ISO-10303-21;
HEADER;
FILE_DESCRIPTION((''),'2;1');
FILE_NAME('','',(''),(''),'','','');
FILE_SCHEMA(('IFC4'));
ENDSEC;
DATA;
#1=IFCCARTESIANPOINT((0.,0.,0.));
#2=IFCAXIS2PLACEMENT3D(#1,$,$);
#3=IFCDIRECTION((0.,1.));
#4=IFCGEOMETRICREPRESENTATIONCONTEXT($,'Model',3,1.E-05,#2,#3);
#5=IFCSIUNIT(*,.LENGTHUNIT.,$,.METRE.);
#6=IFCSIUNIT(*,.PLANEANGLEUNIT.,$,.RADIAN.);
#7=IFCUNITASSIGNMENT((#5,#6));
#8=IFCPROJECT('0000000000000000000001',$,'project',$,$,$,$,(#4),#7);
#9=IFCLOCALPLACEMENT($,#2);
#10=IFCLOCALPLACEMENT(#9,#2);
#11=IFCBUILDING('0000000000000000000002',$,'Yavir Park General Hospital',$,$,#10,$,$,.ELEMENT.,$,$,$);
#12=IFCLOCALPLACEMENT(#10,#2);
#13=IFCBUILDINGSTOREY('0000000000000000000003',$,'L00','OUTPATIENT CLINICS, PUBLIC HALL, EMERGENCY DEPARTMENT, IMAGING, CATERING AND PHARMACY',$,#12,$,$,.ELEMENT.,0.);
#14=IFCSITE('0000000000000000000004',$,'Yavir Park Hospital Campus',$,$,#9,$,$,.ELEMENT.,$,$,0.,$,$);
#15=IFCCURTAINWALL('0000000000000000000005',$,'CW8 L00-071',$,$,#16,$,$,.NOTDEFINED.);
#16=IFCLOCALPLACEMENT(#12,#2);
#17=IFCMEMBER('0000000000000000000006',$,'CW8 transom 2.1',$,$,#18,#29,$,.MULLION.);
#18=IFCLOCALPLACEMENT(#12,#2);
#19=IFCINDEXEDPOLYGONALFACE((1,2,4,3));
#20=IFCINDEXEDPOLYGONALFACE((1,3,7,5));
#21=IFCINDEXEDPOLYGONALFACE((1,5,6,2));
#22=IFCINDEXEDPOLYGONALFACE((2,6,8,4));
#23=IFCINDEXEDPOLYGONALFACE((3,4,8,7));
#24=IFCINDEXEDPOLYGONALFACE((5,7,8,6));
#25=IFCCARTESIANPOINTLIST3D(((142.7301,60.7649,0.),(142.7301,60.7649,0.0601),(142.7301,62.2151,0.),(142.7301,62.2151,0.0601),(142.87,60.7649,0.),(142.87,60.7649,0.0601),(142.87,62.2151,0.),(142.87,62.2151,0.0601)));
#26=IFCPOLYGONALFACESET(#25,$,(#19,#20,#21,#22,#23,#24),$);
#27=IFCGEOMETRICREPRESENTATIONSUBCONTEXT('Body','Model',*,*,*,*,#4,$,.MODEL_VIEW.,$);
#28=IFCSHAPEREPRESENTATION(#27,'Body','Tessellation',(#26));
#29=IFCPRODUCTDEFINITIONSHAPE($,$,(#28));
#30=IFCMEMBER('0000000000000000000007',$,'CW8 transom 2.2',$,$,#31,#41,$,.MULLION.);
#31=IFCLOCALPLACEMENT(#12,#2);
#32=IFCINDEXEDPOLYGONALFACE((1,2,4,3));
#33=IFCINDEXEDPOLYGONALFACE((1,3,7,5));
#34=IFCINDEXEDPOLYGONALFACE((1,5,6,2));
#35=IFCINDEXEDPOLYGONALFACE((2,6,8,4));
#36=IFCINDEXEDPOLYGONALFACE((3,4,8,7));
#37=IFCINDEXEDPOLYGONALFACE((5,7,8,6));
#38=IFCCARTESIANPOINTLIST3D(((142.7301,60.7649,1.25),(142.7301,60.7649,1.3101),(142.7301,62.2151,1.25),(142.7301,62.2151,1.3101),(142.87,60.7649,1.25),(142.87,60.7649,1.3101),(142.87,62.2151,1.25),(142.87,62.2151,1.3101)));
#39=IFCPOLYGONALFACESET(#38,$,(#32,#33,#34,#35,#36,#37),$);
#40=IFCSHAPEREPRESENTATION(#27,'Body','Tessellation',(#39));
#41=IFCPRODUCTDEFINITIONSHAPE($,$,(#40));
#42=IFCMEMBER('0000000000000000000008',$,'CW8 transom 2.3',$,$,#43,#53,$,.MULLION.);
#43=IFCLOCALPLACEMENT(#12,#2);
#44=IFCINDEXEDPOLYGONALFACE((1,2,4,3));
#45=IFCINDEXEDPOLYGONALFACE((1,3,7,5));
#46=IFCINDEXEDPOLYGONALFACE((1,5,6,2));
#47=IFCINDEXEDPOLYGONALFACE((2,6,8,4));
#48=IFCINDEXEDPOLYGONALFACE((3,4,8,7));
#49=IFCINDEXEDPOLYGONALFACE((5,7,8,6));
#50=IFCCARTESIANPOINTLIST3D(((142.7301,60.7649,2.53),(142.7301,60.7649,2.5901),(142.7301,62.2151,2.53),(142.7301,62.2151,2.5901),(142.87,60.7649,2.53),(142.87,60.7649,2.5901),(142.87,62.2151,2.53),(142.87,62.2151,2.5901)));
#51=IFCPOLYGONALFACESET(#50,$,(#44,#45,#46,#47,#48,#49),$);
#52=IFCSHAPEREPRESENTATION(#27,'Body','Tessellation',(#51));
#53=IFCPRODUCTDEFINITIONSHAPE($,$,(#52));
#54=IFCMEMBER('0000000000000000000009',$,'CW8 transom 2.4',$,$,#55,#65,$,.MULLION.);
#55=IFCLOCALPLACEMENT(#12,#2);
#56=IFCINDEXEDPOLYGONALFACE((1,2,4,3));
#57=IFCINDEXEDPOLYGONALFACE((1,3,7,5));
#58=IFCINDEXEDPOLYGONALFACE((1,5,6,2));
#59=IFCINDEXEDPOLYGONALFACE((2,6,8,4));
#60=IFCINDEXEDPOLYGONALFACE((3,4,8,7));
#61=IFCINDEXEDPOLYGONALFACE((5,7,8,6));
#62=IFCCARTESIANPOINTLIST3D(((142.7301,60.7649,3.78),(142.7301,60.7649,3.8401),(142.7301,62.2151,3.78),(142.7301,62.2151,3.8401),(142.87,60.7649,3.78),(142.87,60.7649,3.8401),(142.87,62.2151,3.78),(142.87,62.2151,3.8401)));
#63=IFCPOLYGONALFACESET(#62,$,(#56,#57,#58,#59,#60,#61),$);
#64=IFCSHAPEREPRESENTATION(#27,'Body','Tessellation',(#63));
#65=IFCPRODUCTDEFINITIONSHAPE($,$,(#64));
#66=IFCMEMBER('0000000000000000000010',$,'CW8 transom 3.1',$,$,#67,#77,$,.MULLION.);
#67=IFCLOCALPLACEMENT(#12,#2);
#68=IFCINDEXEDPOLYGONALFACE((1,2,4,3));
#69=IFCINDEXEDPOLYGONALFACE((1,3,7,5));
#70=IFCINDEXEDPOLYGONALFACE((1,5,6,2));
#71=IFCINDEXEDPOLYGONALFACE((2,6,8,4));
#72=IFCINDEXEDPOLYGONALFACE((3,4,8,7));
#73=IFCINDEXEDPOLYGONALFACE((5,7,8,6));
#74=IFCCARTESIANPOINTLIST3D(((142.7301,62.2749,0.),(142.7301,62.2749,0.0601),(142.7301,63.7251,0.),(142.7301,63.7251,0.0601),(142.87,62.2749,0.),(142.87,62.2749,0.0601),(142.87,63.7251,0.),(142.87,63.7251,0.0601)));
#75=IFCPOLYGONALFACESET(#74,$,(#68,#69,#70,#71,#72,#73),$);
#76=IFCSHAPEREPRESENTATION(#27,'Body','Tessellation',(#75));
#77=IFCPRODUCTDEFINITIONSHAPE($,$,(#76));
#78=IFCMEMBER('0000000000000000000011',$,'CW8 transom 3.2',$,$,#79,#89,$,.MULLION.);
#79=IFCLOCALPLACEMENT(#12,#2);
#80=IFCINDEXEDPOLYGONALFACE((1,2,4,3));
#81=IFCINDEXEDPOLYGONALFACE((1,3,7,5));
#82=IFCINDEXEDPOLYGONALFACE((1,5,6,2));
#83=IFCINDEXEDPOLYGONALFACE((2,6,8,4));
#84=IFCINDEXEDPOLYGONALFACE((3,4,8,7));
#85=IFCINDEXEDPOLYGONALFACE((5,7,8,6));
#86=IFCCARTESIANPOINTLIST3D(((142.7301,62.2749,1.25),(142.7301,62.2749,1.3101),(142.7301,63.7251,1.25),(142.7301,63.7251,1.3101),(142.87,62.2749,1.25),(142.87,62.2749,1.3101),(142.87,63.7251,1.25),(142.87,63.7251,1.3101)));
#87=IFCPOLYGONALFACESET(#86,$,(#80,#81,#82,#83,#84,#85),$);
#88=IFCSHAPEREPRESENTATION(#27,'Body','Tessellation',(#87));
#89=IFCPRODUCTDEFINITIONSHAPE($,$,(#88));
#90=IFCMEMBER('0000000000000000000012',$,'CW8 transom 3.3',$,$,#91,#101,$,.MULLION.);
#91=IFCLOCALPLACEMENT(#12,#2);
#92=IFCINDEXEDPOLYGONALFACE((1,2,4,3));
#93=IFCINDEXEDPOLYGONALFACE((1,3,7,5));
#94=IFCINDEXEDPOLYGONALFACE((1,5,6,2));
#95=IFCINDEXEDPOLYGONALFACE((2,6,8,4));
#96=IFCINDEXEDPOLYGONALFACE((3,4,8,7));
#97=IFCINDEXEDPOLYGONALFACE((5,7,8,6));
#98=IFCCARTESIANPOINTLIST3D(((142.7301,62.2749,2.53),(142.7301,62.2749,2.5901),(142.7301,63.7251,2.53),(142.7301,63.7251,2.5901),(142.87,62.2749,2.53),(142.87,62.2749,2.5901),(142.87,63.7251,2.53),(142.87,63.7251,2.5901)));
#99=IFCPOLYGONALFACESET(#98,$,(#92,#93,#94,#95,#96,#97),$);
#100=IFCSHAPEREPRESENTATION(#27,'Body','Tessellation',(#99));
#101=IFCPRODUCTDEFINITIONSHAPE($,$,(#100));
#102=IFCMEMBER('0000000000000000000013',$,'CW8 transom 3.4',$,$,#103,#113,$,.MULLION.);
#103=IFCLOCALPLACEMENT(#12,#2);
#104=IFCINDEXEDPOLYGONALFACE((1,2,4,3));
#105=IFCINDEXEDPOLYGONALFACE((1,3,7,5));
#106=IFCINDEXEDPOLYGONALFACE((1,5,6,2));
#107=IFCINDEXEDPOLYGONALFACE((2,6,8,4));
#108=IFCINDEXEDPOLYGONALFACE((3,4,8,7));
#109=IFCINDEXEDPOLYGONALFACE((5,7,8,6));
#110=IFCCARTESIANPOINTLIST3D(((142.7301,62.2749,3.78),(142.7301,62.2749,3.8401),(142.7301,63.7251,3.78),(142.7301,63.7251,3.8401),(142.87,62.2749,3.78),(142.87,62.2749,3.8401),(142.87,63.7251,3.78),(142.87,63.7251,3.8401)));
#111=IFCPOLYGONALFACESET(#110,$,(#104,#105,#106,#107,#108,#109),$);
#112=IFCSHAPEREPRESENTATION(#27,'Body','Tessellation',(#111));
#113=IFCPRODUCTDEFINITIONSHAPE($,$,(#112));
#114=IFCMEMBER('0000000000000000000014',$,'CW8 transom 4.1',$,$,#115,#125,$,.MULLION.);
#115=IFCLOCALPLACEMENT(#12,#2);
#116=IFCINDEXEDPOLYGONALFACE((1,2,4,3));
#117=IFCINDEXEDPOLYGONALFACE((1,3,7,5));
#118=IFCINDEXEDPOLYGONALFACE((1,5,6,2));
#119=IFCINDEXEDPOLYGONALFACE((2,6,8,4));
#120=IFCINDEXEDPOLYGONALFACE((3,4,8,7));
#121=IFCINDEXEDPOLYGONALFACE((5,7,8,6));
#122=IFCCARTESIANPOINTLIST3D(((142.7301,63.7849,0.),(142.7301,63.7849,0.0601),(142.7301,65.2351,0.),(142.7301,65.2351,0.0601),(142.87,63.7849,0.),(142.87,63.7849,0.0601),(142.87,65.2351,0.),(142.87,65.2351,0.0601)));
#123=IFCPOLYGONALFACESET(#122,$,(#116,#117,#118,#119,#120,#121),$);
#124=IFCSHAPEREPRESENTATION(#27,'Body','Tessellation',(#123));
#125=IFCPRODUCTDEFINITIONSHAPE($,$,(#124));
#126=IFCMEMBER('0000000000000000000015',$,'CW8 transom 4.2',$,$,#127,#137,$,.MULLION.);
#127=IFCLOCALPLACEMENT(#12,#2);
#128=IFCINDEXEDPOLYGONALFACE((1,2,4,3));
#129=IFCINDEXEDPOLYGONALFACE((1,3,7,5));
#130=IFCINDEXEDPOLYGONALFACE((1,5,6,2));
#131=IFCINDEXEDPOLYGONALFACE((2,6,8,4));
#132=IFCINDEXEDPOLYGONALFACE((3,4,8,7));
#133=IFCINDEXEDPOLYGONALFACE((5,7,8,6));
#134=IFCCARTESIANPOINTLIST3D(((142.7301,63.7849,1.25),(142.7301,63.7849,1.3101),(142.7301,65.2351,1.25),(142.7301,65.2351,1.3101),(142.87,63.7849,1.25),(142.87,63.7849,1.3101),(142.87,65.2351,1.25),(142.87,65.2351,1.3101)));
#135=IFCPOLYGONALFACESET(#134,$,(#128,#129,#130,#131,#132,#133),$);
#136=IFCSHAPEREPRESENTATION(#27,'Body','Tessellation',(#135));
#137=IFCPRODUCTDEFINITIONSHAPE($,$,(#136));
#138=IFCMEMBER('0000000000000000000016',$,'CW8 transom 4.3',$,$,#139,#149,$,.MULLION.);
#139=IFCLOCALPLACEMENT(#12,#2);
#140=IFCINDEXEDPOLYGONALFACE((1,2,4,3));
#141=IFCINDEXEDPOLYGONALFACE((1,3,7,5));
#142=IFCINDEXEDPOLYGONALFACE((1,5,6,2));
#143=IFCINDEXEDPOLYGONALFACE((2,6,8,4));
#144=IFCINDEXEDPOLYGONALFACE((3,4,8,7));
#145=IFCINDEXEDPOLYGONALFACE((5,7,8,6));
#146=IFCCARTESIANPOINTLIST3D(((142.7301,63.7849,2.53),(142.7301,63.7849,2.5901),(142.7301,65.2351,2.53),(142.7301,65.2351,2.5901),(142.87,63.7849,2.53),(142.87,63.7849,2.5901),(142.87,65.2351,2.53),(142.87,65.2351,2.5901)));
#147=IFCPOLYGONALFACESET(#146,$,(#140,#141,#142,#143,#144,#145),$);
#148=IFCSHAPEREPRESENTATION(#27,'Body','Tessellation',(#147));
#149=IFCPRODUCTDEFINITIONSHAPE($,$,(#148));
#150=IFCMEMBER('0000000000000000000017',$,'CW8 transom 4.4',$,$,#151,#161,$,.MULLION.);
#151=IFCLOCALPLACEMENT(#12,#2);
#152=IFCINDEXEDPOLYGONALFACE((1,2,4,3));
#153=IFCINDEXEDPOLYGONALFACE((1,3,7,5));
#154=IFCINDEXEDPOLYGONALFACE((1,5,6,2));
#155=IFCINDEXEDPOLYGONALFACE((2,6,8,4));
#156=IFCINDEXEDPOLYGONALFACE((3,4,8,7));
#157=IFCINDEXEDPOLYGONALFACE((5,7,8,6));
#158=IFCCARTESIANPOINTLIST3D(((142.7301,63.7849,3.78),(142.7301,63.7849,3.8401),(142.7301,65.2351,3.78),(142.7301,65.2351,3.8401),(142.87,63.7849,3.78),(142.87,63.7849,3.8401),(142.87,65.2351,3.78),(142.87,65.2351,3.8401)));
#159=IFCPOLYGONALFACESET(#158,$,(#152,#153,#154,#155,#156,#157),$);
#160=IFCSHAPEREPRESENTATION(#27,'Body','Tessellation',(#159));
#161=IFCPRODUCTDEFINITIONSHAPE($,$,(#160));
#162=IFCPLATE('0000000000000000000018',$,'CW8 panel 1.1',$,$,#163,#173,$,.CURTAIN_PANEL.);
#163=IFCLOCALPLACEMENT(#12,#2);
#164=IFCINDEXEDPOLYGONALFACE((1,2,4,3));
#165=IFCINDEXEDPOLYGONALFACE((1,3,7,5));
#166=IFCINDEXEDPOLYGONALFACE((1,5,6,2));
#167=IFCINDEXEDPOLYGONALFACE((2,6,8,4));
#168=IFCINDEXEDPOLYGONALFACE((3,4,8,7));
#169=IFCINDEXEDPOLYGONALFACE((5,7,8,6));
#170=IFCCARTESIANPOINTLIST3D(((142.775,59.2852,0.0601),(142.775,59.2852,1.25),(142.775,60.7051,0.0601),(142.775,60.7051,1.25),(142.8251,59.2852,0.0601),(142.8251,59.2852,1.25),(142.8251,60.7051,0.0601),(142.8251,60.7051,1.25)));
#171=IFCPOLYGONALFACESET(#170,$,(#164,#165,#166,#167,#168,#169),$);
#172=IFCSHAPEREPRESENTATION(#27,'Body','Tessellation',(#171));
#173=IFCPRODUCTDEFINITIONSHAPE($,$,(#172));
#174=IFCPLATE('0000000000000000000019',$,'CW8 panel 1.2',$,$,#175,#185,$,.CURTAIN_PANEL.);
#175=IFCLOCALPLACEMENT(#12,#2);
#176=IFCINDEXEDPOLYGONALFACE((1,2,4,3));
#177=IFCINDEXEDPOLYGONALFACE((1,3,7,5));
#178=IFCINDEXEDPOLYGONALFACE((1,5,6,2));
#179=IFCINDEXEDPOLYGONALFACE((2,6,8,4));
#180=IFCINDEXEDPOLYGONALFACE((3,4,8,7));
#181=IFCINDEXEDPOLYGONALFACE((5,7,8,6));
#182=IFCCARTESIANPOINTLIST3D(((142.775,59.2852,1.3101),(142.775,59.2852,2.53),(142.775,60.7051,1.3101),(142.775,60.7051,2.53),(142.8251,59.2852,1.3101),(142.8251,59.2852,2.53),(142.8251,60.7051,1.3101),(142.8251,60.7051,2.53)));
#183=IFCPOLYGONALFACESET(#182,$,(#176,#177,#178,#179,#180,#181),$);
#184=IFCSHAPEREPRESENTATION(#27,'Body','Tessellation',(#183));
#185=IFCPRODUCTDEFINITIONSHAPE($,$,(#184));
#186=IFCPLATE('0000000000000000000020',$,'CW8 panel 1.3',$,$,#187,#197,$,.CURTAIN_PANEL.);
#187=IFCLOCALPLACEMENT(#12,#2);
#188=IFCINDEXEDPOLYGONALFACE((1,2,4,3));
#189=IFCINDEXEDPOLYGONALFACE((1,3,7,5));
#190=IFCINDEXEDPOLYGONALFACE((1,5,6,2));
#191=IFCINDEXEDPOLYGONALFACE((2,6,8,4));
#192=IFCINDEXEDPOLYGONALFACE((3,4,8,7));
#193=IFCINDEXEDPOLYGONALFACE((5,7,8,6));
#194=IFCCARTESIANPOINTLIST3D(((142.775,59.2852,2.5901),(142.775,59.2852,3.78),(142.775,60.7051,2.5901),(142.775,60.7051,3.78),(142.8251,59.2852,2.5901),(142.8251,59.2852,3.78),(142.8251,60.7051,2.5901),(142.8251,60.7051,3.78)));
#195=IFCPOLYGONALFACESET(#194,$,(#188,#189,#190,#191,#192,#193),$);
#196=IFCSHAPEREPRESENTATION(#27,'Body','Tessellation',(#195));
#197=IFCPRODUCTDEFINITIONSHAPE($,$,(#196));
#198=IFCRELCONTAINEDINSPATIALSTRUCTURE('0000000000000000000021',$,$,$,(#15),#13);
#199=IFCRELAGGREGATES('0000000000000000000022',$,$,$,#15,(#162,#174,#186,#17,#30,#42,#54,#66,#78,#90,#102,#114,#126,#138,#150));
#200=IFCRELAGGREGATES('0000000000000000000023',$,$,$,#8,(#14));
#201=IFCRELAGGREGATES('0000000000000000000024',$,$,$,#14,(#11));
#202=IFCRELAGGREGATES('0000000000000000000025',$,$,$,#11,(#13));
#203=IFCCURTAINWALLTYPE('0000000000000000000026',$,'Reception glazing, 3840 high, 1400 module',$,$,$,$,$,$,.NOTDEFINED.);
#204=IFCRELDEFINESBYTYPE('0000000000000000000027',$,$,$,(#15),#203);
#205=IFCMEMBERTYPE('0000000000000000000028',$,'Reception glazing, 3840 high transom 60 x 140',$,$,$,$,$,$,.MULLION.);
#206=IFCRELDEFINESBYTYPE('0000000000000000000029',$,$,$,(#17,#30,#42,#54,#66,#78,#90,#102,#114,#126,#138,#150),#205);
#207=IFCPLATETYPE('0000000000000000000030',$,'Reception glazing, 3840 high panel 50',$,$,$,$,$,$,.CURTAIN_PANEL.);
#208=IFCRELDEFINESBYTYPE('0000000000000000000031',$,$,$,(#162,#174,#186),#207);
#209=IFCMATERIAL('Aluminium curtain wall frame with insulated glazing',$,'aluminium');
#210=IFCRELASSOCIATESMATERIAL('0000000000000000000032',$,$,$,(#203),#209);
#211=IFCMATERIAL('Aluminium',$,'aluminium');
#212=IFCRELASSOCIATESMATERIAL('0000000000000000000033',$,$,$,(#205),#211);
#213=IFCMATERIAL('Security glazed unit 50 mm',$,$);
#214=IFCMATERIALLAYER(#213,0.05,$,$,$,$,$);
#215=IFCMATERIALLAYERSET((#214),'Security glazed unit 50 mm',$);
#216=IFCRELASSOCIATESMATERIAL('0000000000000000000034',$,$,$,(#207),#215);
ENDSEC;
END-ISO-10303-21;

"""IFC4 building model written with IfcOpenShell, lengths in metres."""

from ifc_helpers import new_model, si_unit, direction, frame, origin, origin_2d, place, context, subcontext, project, spatial, rectangle, extrude, material, layer, layer_set, material_profile, profile_set, type_object, element, aggregate, save


model = new_model("IFC4")

# Units and contexts
model_context = context("Model", 3, precision=1e-05, world=origin(), true_north=direction((0.0, 1.0)))
body_context = subcontext(model_context, "Body", "Model", "MODEL_VIEW")
ifc_project = project(units=[si_unit("LENGTHUNIT", "METRE"), si_unit("PLANEANGLEUNIT", "RADIAN")], contexts=[model_context])

# Site, building, storey
site_placement = place(None, origin())
site = spatial("IfcSite", under=ifc_project, at=site_placement, Name="Yavir Park Hospital Campus", CompositionType="ELEMENT", RefElevation=0.0)
building_placement = place(site_placement, origin())
building = spatial("IfcBuilding", under=site, at=building_placement, Name="Yavir Park General Hospital", CompositionType="ELEMENT")
storey_placement = place(building_placement, origin())
storey = spatial("IfcBuildingStorey", under=building, at=storey_placement, Name="L00", Description="OUTPATIENT CLINICS, PUBLIC HALL, EMERGENCY DEPARTMENT, IMAGING, CATERING AND PHARMACY", CompositionType="ELEMENT", Elevation=0.0)

# Curtain wall, members, plates
ifc_material_1 = material(Name="Aluminium curtain wall frame with insulated glazing", Category="aluminium")
curtain_wall_type = type_object("IfcCurtainWallType", Name="Reception glazing, 3840 high, 1400 module", PredefinedType="NOTDEFINED", material=ifc_material_1)
curtain_wall_placement = place(storey_placement, origin())
curtain_wall = element("IfcCurtainWall", 1, at=curtain_wall_placement, inside=storey, type_object=curtain_wall_type, Name="CW8 L00-071", PredefinedType="NOTDEFINED")
ifc_material_2 = material(Name="Aluminium", Category="aluminium")
ifc_material_profile_1 = material_profile(ifc_material_2, rectangle(XDim=0.1399, YDim=0.0601, at=origin_2d()), Name="AL 140x60")
ifc_profile_set_1 = profile_set([ifc_material_profile_1], Name="Aluminium")
member_type_1 = type_object("IfcMemberType", Name="Reception glazing, 3840 high transom 60 x 140", PredefinedType="MULLION", material=ifc_profile_set_1)
member_1_placement = place(storey_placement, frame((142.8, 60.7649, 0.03), z_axis=(0.0, 1.0, 0.0), x_axis=(-1.0, 0.0, 0.0)))
member_1 = element("IfcMember", 2, at=member_1_placement, type_object=member_type_1, Name="CW8 transom 2.1", PredefinedType="MULLION", context=body_context, shape_type="SweptSolid", body=[
    extrude(rectangle(XDim=0.1399, YDim=0.0601, at=origin_2d()), origin(), (0.0, 0.0, 1.0), 1.4502),
])
member_2_placement = place(storey_placement, frame((142.8, 60.7649, 1.28), z_axis=(0.0, 1.0, 0.0), x_axis=(-1.0, 0.0, 0.0)))
member_2 = element("IfcMember", 3, at=member_2_placement, type_object=member_type_1, Name="CW8 transom 2.2", PredefinedType="MULLION", context=body_context, shape_type="SweptSolid", body=[
    extrude(rectangle(XDim=0.1399, YDim=0.0601, at=origin_2d()), origin(), (0.0, 0.0, 1.0), 1.4502),
])
member_3_placement = place(storey_placement, frame((142.8, 60.7649, 2.5601), z_axis=(0.0, 1.0, 0.0), x_axis=(-1.0, 0.0, 0.0)))
member_3 = element("IfcMember", 4, at=member_3_placement, type_object=member_type_1, Name="CW8 transom 2.3", PredefinedType="MULLION", context=body_context, shape_type="SweptSolid", body=[
    extrude(rectangle(XDim=0.1399, YDim=0.0601, at=origin_2d()), origin(), (0.0, 0.0, 1.0), 1.4502),
])
member_4_placement = place(storey_placement, frame((142.8, 60.7649, 3.8101), z_axis=(0.0, 1.0, 0.0), x_axis=(-1.0, 0.0, 0.0)))
member_4 = element("IfcMember", 5, at=member_4_placement, type_object=member_type_1, Name="CW8 transom 2.4", PredefinedType="MULLION", context=body_context, shape_type="SweptSolid", body=[
    extrude(rectangle(XDim=0.1399, YDim=0.0601, at=origin_2d()), origin(), (0.0, 0.0, 1.0), 1.4502),
])
member_5_placement = place(storey_placement, frame((142.8, 62.2749, 0.03), z_axis=(0.0, 1.0, 0.0), x_axis=(-1.0, 0.0, 0.0)))
member_5 = element("IfcMember", 6, at=member_5_placement, type_object=member_type_1, Name="CW8 transom 3.1", PredefinedType="MULLION", context=body_context, shape_type="SweptSolid", body=[
    extrude(rectangle(XDim=0.1399, YDim=0.0601, at=origin_2d()), origin(), (0.0, 0.0, 1.0), 1.4502),
])
member_6_placement = place(storey_placement, frame((142.8, 62.2749, 1.28), z_axis=(0.0, 1.0, 0.0), x_axis=(-1.0, 0.0, 0.0)))
member_6 = element("IfcMember", 7, at=member_6_placement, type_object=member_type_1, Name="CW8 transom 3.2", PredefinedType="MULLION", context=body_context, shape_type="SweptSolid", body=[
    extrude(rectangle(XDim=0.1399, YDim=0.0601, at=origin_2d()), origin(), (0.0, 0.0, 1.0), 1.4502),
])
member_7_placement = place(storey_placement, frame((142.8, 62.2749, 2.5601), z_axis=(0.0, 1.0, 0.0), x_axis=(-1.0, 0.0, 0.0)))
member_7 = element("IfcMember", 8, at=member_7_placement, type_object=member_type_1, Name="CW8 transom 3.3", PredefinedType="MULLION", context=body_context, shape_type="SweptSolid", body=[
    extrude(rectangle(XDim=0.1399, YDim=0.0601, at=origin_2d()), origin(), (0.0, 0.0, 1.0), 1.4502),
])
member_8_placement = place(storey_placement, frame((142.8, 62.2749, 3.8101), z_axis=(0.0, 1.0, 0.0), x_axis=(-1.0, 0.0, 0.0)))
member_8 = element("IfcMember", 9, at=member_8_placement, type_object=member_type_1, Name="CW8 transom 3.4", PredefinedType="MULLION", context=body_context, shape_type="SweptSolid", body=[
    extrude(rectangle(XDim=0.1399, YDim=0.0601, at=origin_2d()), origin(), (0.0, 0.0, 1.0), 1.4502),
])
member_9_placement = place(storey_placement, frame((142.8, 63.7849, 0.03), z_axis=(0.0, 1.0, 0.0), x_axis=(-1.0, 0.0, 0.0)))
member_9 = element("IfcMember", 10, at=member_9_placement, type_object=member_type_1, Name="CW8 transom 4.1", PredefinedType="MULLION", context=body_context, shape_type="SweptSolid", body=[
    extrude(rectangle(XDim=0.1399, YDim=0.0601, at=origin_2d()), origin(), (0.0, 0.0, 1.0), 1.4502),
])
member_10_placement = place(storey_placement, frame((142.8, 63.7849, 1.28), z_axis=(0.0, 1.0, 0.0), x_axis=(-1.0, 0.0, 0.0)))
member_10 = element("IfcMember", 11, at=member_10_placement, type_object=member_type_1, Name="CW8 transom 4.2", PredefinedType="MULLION", context=body_context, shape_type="SweptSolid", body=[
    extrude(rectangle(XDim=0.1399, YDim=0.0601, at=origin_2d()), origin(), (0.0, 0.0, 1.0), 1.4502),
])
member_11_placement = place(storey_placement, frame((142.8, 63.7849, 2.5601), z_axis=(0.0, 1.0, 0.0), x_axis=(-1.0, 0.0, 0.0)))
member_11 = element("IfcMember", 12, at=member_11_placement, type_object=member_type_1, Name="CW8 transom 4.3", PredefinedType="MULLION", context=body_context, shape_type="SweptSolid", body=[
    extrude(rectangle(XDim=0.1399, YDim=0.0601, at=origin_2d()), origin(), (0.0, 0.0, 1.0), 1.4502),
])
member_12_placement = place(storey_placement, frame((142.8, 63.7849, 3.8101), z_axis=(0.0, 1.0, 0.0), x_axis=(-1.0, 0.0, 0.0)))
member_12 = element("IfcMember", 13, at=member_12_placement, type_object=member_type_1, Name="CW8 transom 4.4", PredefinedType="MULLION", context=body_context, shape_type="SweptSolid", body=[
    extrude(rectangle(XDim=0.1399, YDim=0.0601, at=origin_2d()), origin(), (0.0, 0.0, 1.0), 1.4502),
])
ifc_material_3 = material(Name="Security glazed unit 50 mm")
ifc_layer_1 = layer(ifc_material_3, 0.05)
ifc_layer_set_1 = layer_set([ifc_layer_1], Name="Security glazed unit 50 mm")
plate_type = type_object("IfcPlateType", Name="Reception glazing, 3840 high panel 50", PredefinedType="CURTAIN_PANEL", material=ifc_layer_set_1)
plate_1_placement = place(storey_placement, frame((142.8, 59.9951, 0.0601), z_axis=(0.0, 0.0, 1.0), x_axis=(0.0, 1.0, 0.0)))
plate_1 = element("IfcPlate", 14, at=plate_1_placement, type_object=plate_type, Name="CW8 panel 1.1", PredefinedType="CURTAIN_PANEL", context=body_context, shape_type="SweptSolid", body=[
    extrude(rectangle(XDim=1.4199, YDim=0.05, at=origin_2d()), origin(), (0.0, 0.0, 1.0), 1.1899),
])
plate_2_placement = place(storey_placement, frame((142.8, 59.9951, 1.3101), z_axis=(0.0, 0.0, 1.0), x_axis=(0.0, 1.0, 0.0)))
plate_2 = element("IfcPlate", 15, at=plate_2_placement, type_object=plate_type, Name="CW8 panel 1.2", PredefinedType="CURTAIN_PANEL", context=body_context, shape_type="SweptSolid", body=[
    extrude(rectangle(XDim=1.4199, YDim=0.05, at=origin_2d()), origin(), (0.0, 0.0, 1.0), 1.22),
])
plate_3_placement = place(storey_placement, frame((142.8, 59.9951, 2.5901), z_axis=(0.0, 0.0, 1.0), x_axis=(0.0, 1.0, 0.0)))
plate_3 = element("IfcPlate", 16, at=plate_3_placement, type_object=plate_type, Name="CW8 panel 1.3", PredefinedType="CURTAIN_PANEL", context=body_context, shape_type="SweptSolid", body=[
    extrude(rectangle(XDim=1.4199, YDim=0.05, at=origin_2d()), origin(), (0.0, 0.0, 1.0), 1.1899),
])
aggregate(curtain_wall, [plate_1, plate_2, plate_3, member_1, member_2, member_3, member_4, member_5, member_6, member_7, member_8, member_9, member_10, member_11, member_12])

save(model, "model.ifc")
